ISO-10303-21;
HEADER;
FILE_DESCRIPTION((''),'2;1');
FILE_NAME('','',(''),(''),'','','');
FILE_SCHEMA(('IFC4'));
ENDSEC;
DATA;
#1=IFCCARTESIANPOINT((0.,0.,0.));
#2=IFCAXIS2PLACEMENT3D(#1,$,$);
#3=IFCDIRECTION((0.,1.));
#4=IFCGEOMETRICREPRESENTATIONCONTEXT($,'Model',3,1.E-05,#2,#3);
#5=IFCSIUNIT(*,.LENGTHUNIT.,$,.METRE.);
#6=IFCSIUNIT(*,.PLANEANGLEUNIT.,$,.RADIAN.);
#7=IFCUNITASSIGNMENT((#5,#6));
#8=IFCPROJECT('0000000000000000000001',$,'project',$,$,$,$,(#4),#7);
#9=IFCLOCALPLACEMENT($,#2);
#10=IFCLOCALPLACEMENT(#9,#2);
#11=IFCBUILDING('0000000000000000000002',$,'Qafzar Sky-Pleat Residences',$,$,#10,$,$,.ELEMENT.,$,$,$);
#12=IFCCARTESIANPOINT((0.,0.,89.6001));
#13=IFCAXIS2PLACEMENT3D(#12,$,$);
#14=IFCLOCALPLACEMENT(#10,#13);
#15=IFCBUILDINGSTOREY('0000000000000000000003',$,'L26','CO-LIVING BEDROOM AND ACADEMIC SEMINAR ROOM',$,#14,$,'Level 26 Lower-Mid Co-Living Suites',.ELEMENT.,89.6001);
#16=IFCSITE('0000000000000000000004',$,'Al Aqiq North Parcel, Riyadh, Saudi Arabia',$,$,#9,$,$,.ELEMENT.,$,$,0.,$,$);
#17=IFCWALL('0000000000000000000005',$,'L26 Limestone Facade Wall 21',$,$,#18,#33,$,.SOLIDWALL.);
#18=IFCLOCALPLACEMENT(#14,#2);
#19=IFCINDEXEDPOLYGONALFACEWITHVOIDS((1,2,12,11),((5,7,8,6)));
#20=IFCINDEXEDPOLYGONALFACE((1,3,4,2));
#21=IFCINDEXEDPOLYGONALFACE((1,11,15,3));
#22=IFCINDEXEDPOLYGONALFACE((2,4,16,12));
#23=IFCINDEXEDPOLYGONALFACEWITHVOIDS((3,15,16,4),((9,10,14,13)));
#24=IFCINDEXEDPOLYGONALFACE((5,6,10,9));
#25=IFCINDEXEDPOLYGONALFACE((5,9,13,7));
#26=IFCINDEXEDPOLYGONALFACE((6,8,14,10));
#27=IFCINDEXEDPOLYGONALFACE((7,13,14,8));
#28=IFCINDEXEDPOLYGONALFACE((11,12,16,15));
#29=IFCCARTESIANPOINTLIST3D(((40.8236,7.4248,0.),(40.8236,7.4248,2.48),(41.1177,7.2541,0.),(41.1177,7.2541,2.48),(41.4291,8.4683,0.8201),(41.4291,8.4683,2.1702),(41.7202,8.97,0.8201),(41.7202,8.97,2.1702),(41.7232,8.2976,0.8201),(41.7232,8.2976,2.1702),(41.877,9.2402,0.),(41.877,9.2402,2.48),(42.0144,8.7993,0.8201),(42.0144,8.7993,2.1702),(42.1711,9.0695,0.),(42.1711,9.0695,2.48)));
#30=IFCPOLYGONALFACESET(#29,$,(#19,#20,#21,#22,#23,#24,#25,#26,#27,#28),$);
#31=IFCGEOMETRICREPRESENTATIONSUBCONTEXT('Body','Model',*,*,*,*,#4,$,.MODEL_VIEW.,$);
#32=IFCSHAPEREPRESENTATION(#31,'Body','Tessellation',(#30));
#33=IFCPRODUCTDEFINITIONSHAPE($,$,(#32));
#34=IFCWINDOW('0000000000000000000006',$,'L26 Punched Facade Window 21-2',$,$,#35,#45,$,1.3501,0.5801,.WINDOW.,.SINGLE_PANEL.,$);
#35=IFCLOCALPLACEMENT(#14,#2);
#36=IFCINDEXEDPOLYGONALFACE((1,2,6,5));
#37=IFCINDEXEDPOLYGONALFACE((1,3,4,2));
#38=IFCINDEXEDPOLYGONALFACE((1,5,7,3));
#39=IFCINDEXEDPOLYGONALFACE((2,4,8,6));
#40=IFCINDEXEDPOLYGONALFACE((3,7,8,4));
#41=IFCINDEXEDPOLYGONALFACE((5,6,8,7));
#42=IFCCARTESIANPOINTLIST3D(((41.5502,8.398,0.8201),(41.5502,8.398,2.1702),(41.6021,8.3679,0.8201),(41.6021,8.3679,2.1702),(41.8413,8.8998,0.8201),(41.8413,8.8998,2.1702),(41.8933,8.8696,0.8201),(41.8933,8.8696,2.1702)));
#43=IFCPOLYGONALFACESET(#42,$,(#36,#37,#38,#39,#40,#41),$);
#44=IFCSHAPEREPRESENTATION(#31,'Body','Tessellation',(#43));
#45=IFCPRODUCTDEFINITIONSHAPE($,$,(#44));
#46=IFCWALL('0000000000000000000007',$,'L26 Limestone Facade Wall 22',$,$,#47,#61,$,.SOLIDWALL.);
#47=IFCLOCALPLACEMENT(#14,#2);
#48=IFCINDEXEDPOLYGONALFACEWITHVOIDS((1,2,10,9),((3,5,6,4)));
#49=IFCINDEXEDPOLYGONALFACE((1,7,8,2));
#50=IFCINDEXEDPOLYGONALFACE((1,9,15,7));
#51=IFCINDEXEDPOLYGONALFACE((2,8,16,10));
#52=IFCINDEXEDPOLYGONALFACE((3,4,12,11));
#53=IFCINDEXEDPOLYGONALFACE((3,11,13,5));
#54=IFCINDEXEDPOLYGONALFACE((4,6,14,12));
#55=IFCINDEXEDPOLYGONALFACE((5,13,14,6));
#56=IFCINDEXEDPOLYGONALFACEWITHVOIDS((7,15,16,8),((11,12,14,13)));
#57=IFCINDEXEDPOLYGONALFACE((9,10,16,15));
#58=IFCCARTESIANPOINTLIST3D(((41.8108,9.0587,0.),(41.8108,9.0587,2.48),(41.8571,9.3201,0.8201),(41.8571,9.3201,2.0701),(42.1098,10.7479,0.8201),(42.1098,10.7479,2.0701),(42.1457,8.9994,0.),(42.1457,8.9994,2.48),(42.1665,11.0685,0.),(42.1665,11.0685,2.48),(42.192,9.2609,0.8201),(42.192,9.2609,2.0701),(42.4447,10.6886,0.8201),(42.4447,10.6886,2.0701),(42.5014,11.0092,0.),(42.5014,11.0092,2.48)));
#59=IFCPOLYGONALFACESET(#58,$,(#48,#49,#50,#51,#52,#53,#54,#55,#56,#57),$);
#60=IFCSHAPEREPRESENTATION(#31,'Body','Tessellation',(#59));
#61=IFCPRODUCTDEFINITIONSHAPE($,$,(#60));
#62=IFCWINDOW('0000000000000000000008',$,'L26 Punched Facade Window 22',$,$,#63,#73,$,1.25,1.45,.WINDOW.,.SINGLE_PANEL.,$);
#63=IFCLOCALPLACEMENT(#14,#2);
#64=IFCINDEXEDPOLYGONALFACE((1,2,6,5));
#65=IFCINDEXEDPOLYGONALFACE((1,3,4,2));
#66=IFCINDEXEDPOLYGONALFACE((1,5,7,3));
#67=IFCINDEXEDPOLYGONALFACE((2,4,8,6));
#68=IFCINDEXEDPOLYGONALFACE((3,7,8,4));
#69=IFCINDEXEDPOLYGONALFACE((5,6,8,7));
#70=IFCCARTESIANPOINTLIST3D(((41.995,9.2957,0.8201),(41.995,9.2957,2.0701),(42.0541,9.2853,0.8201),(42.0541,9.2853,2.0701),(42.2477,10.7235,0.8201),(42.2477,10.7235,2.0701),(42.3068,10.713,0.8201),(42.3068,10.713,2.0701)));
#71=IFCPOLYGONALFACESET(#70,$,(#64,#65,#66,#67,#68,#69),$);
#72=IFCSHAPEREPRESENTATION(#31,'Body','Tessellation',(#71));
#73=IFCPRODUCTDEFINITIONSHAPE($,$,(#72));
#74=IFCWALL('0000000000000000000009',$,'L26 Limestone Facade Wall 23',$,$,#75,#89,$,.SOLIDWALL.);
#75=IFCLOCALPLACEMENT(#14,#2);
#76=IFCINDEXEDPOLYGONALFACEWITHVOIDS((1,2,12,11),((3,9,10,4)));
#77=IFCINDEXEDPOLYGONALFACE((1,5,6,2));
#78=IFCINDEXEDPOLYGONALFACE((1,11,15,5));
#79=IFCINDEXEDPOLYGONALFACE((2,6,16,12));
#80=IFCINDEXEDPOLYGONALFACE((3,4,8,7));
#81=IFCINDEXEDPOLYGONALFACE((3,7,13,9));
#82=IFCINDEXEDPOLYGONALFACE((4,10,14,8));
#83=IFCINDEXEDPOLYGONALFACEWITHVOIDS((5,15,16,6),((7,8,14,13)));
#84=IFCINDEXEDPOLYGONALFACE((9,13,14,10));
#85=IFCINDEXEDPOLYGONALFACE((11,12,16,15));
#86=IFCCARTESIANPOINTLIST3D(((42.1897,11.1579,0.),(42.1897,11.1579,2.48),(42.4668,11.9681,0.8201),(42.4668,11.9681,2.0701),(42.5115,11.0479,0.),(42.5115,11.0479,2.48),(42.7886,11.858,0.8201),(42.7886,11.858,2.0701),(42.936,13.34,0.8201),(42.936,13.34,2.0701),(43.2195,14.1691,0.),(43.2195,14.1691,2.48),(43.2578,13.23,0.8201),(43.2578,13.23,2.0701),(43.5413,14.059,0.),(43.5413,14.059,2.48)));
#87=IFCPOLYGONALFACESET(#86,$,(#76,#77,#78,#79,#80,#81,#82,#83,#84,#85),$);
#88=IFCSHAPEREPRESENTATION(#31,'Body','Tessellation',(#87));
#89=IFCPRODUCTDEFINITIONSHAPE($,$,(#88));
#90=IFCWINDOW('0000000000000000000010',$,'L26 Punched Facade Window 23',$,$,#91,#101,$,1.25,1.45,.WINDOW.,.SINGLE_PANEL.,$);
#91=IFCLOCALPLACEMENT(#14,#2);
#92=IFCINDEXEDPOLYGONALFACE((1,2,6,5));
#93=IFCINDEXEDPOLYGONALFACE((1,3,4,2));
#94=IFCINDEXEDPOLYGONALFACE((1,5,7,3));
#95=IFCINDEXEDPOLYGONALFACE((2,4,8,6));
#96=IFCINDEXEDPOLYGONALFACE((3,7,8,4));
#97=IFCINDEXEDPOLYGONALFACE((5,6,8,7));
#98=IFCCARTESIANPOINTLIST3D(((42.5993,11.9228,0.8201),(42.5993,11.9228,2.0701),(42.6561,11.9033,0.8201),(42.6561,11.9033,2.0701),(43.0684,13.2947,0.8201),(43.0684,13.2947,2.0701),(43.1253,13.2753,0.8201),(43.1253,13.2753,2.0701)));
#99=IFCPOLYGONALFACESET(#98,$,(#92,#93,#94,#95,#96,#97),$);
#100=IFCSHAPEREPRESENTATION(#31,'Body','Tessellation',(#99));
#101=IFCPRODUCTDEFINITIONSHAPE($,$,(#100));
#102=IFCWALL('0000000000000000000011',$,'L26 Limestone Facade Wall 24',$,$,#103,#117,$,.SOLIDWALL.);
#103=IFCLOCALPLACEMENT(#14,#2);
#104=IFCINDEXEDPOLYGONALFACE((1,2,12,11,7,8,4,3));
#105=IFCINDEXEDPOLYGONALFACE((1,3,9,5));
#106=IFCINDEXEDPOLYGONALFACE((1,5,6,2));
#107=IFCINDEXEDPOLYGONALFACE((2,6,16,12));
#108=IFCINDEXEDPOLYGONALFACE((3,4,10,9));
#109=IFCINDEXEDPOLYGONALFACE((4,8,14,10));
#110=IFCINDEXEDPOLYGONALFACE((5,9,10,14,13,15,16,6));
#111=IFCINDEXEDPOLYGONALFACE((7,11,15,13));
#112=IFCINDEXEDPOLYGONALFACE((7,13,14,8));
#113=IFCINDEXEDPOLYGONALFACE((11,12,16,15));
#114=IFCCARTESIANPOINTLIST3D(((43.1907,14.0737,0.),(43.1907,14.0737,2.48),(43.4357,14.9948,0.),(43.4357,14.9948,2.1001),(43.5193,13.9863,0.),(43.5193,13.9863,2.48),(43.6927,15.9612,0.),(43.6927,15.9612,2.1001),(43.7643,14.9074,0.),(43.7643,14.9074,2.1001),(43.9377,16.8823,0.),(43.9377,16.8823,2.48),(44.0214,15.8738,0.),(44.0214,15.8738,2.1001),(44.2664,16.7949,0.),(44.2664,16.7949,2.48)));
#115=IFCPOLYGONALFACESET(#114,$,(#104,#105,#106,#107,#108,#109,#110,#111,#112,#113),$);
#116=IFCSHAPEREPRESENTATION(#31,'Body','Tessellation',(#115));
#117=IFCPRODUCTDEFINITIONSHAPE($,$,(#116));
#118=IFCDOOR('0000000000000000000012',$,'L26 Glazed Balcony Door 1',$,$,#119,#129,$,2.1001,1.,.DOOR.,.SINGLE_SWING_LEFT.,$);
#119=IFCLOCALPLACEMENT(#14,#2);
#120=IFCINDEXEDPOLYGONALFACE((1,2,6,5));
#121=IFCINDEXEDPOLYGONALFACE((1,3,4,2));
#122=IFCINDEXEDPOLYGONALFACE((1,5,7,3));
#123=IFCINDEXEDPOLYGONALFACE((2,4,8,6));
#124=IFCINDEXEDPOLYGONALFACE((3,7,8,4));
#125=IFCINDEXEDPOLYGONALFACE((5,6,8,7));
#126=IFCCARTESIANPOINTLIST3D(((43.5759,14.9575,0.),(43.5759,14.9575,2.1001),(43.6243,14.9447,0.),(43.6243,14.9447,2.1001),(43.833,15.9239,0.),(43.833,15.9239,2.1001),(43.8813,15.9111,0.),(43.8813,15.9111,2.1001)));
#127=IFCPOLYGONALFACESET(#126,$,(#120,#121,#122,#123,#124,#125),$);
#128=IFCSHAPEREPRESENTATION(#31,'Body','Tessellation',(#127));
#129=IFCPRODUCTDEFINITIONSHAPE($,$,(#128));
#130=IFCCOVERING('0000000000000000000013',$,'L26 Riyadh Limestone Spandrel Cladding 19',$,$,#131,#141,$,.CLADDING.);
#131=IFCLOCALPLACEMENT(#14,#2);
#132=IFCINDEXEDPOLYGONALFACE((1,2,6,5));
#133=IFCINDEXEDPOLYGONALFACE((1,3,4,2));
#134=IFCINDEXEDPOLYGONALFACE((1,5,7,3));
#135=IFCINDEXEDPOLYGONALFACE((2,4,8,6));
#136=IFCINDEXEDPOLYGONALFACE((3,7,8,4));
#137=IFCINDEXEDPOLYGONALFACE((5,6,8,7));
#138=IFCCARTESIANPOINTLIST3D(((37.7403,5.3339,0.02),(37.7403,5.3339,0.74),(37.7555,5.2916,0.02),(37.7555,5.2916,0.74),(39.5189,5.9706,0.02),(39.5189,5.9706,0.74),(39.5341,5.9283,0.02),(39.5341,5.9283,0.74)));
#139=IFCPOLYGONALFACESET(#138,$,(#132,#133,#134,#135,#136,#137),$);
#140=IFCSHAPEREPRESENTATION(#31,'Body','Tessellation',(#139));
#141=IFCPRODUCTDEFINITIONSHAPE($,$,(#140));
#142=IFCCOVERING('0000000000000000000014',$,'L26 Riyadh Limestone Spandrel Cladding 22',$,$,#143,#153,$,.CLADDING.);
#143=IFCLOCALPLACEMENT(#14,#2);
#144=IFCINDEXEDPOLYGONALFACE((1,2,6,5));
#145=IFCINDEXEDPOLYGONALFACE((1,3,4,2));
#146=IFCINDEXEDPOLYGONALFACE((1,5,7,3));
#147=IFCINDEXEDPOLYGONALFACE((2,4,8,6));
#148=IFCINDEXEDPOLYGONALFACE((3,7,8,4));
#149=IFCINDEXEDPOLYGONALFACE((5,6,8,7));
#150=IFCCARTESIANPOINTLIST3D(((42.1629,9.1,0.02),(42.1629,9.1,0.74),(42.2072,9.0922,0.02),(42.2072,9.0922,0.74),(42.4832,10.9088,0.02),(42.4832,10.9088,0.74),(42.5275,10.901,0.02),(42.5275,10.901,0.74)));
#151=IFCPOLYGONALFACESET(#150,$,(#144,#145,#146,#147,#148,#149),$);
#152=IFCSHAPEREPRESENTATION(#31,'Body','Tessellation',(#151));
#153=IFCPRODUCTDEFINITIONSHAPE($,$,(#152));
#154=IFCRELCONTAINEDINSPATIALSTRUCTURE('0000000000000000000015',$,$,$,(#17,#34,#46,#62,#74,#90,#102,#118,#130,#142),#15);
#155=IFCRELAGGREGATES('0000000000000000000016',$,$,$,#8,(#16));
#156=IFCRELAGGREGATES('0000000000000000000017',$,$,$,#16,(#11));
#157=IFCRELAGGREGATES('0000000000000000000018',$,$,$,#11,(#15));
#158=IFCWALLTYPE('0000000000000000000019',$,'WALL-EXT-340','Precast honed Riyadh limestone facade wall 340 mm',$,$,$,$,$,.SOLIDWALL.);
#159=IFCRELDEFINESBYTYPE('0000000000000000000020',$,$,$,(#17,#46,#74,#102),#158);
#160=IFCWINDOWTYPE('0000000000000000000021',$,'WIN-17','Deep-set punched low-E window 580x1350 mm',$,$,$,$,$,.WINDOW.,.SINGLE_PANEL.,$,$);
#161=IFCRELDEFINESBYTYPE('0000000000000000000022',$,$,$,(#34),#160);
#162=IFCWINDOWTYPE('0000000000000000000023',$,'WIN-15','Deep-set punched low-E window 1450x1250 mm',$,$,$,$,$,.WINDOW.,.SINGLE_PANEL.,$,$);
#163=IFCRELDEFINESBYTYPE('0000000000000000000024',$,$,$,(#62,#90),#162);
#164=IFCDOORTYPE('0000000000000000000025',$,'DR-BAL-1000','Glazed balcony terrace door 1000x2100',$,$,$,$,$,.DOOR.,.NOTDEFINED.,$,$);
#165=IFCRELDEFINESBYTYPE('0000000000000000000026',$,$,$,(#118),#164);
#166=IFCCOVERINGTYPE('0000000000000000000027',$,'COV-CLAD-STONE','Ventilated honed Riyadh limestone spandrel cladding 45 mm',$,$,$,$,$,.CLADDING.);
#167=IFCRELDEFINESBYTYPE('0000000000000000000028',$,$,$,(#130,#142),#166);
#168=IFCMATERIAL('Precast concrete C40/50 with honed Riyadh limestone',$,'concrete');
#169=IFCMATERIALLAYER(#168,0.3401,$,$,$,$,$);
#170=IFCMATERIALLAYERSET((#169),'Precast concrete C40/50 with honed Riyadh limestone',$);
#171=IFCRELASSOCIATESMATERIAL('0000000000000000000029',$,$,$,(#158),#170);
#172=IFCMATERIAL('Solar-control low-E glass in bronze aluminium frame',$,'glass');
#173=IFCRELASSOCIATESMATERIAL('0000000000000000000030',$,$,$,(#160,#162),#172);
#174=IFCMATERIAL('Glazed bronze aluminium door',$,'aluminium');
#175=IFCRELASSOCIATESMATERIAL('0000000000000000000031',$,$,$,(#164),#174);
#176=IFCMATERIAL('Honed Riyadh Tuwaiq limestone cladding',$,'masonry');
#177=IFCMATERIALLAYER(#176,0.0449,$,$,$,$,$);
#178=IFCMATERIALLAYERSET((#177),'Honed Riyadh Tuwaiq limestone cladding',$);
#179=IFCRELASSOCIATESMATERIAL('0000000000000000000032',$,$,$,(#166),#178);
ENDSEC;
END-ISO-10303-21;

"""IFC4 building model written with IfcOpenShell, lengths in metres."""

from ifc_helpers import new_model, si_unit, direction, frame, frame_2d, origin, origin_2d, place, context, subcontext, project, spatial, rectangle, extrude, source, transform, mapped, material, layer, layer_set, type_object, element, fill, save


model = new_model("IFC4")

# Units and contexts
model_context = context("Model", 3, precision=1e-05, world=origin(), true_north=direction((0.0, 1.0)))
body_context = subcontext(model_context, "Body", "Model", "MODEL_VIEW")
ifc_project = project(units=[si_unit("LENGTHUNIT", "METRE"), si_unit("PLANEANGLEUNIT", "RADIAN")], contexts=[model_context])

# Site, building, storey
site_placement = place(None, origin())
site = spatial("IfcSite", under=ifc_project, at=site_placement, Name="Al Aqiq North Parcel, Riyadh, Saudi Arabia", CompositionType="ELEMENT", RefElevation=0.0)
building_placement = place(site_placement, origin())
building = spatial("IfcBuilding", under=site, at=building_placement, Name="Qafzar Sky-Pleat Residences", CompositionType="ELEMENT")
storey_placement = place(building_placement, frame((0.0, 0.0, 89.6001)))
storey = spatial("IfcBuildingStorey", under=building, at=storey_placement, Name="L26", Description="CO-LIVING BEDROOM AND ACADEMIC SEMINAR ROOM", LongName="Level 26 Lower-Mid Co-Living Suites", CompositionType="ELEMENT", Elevation=89.6001)

# Walls, openings, windows
ifc_material_1 = material(Name="Precast concrete C40/50 with honed Riyadh limestone", Category="concrete")
ifc_layer_1 = layer(ifc_material_1, 0.3401)
ifc_layer_set_1 = layer_set([ifc_layer_1], Name="Precast concrete C40/50 with honed Riyadh limestone")
wall_type_1 = type_object("IfcWallType", Name="WALL-EXT-340", Description="Precast honed Riyadh limestone facade wall 340 mm", PredefinedType="SOLIDWALL", material=ifc_layer_set_1)
ifc_material_2 = material(Name="Solar-control low-E glass in bronze aluminium frame", Category="glass")
wall_1_placement = place(storey_placement, frame((40.9707, 7.3396, 0.0), z_axis=(0.0, 0.0, 1.0), x_axis=(0.501903, 0.864924, 0.0)))
wall_1 = element("IfcWall", 1, at=wall_1_placement, inside=storey, type_object=wall_type_1, Name="L26 Limestone Facade Wall 21", PredefinedType="SOLIDWALL", context=body_context, shape_type="SweptSolid", body=[
    extrude(rectangle(XDim=2.0989, YDim=0.3401, at=frame_2d((1.0493, 0.0))), origin(), (0.0, 0.0, 1.0), 2.48),
])
opening_1_placement = place(wall_1_placement, frame((1.2063, 0.0, 0.8201)))
opening_1 = element("IfcOpeningElement", 2, at=opening_1_placement, cuts=wall_1, PredefinedType="OPENING", context=body_context, shape_type="SweptSolid", body=[
    extrude(rectangle(XDim=0.5801, YDim=1.3501, at=frame_2d((0.29, 0.675))), frame((0.0, 0.1802, 0.0), z_axis=(0.0, -1.0, 0.0), x_axis=(1.0, 0.0, 0.0)), (0.0, 0.0, 1.0), 0.3601),
])
window_type_1 = type_object("IfcWindowType", Name="WIN-17", Description="Deep-set punched low-E window 580x1350 mm", PartitioningType="SINGLE_PANEL", PredefinedType="WINDOW", material=ifc_material_2)
shared_shape_1 = source(origin(), body_context, "Body", "SweptSolid", [
    extrude(rectangle(XDim=0.5801, YDim=1.3501, at=frame_2d((0.29, 0.675))), frame((0.0, 0.03, 0.0), z_axis=(0.0, -1.0, 0.0), x_axis=(1.0, 0.0, 0.0)), (0.0, 0.0, 1.0), 0.0601),
])
window_1_placement = place(opening_1_placement, origin())
window_1 = element("IfcWindow", 3, at=window_1_placement, inside=storey, type_object=window_type_1, Name="L26 Punched Facade Window 21-2", OverallHeight=1.3501, OverallWidth=0.5801, PartitioningType="SINGLE_PANEL", PredefinedType="WINDOW", context=body_context, shape_type="MappedRepresentation", body=[
    mapped(shared_shape_1, transform((0.0, 0.0, 0.0), x_axis=(1.0, 0.0, 0.0), y_axis=(0.0, 1.0, 0.0), z_axis=(0.0, 0.0, 1.0), scale=1.0)),
])
fill(opening_1, window_1)
wall_2_placement = place(storey_placement, frame((41.9783, 9.0291, 0.0), z_axis=(0.0, 0.0, 1.0), x_axis=(0.174283, 0.984696, 0.0)))
wall_2 = element("IfcWall", 4, at=wall_2_placement, inside=storey, type_object=wall_type_1, Name="L26 Limestone Facade Wall 22", PredefinedType="SOLIDWALL", context=body_context, shape_type="SweptSolid", body=[
    extrude(rectangle(XDim=2.041, YDim=0.3401, at=frame_2d((1.0205, 0.0))), origin(), (0.0, 0.0, 1.0), 2.48),
])
opening_2_placement = place(wall_2_placement, frame((0.2654, 0.0, 0.8201)))
opening_2 = element("IfcOpeningElement", 5, at=opening_2_placement, cuts=wall_2, PredefinedType="OPENING", context=body_context, shape_type="SweptSolid", body=[
    extrude(rectangle(XDim=1.45, YDim=1.25, at=frame_2d((0.7251, 0.625))), frame((0.0, 0.1802, 0.0), z_axis=(0.0, -1.0, 0.0), x_axis=(1.0, 0.0, 0.0)), (0.0, 0.0, 1.0), 0.3601),
])
window_type_2 = type_object("IfcWindowType", Name="WIN-15", Description="Deep-set punched low-E window 1450x1250 mm", PartitioningType="SINGLE_PANEL", PredefinedType="WINDOW", material=ifc_material_2)
shared_shape_2 = source(origin(), body_context, "Body", "SweptSolid", [
    extrude(rectangle(XDim=1.45, YDim=1.25, at=frame_2d((0.7251, 0.625))), frame((0.0, 0.03, 0.0), z_axis=(0.0, -1.0, 0.0), x_axis=(1.0, 0.0, 0.0)), (0.0, 0.0, 1.0), 0.0601),
])
window_2_placement = place(opening_2_placement, origin())
window_2 = element("IfcWindow", 6, at=window_2_placement, inside=storey, type_object=window_type_2, Name="L26 Punched Facade Window 22", OverallHeight=1.25, OverallWidth=1.45, PartitioningType="SINGLE_PANEL", PredefinedType="WINDOW", context=body_context, shape_type="MappedRepresentation", body=[
    mapped(shared_shape_2, transform((0.0, 0.0, 0.0), x_axis=(1.0, 0.0, 0.0), y_axis=(0.0, 1.0, 0.0), z_axis=(0.0, 0.0, 1.0), scale=1.0)),
])
fill(opening_2, window_2)
wall_3_placement = place(storey_placement, frame((42.3506, 11.1028, 0.0), z_axis=(0.0, 0.0, 1.0), x_axis=(0.323583, 0.9462, 0.0)))
wall_3 = element("IfcWall", 7, at=wall_3_placement, inside=storey, type_object=wall_type_1, Name="L26 Limestone Facade Wall 23", PredefinedType="SOLIDWALL", context=body_context, shape_type="SweptSolid", body=[
    extrude(rectangle(XDim=3.1824, YDim=0.3401, at=frame_2d((1.5913, 0.0))), origin(), (0.0, 0.0, 1.0), 2.48),
])
opening_3_placement = place(wall_3_placement, frame((0.8562, 0.0, 0.8201)))
opening_3 = element("IfcOpeningElement", 8, at=opening_3_placement, cuts=wall_3, PredefinedType="OPENING", context=body_context, shape_type="SweptSolid", body=[
    extrude(rectangle(XDim=1.45, YDim=1.25, at=frame_2d((0.7251, 0.625))), frame((0.0, 0.1802, 0.0), z_axis=(0.0, -1.0, 0.0), x_axis=(1.0, 0.0, 0.0)), (0.0, 0.0, 1.0), 0.3601),
])
window_3_placement = place(opening_3_placement, origin())
window_3 = element("IfcWindow", 9, at=window_3_placement, inside=storey, type_object=window_type_2, Name="L26 Punched Facade Window 23", OverallHeight=1.25, OverallWidth=1.45, PartitioningType="SINGLE_PANEL", PredefinedType="WINDOW", context=body_context, shape_type="MappedRepresentation", body=[
    mapped(shared_shape_2, transform((0.0, 0.0, 0.0), x_axis=(1.0, 0.0, 0.0), y_axis=(0.0, 1.0, 0.0), z_axis=(0.0, 0.0, 1.0), scale=1.0)),
])
fill(opening_3, window_3)

# Wall, opening, door
wall_4_placement = place(storey_placement, frame((43.355, 14.03, 0.0), z_axis=(0.0, 0.0, 1.0), x_axis=(0.257056, 0.966396, 0.0)))
wall_4 = element("IfcWall", 10, at=wall_4_placement, inside=storey, type_object=wall_type_1, Name="L26 Limestone Facade Wall 24", PredefinedType="SOLIDWALL", context=body_context, shape_type="SweptSolid", body=[
    extrude(rectangle(XDim=2.9062, YDim=0.3401, at=frame_2d((1.4531, 0.0))), origin(), (0.0, 0.0, 1.0), 2.48),
])
opening_4_placement = place(wall_4_placement, frame((0.9531, 0.0, 0.0)))
opening_4 = element("IfcOpeningElement", 11, at=opening_4_placement, cuts=wall_4, PredefinedType="OPENING", context=body_context, shape_type="SweptSolid", body=[
    extrude(rectangle(XDim=1.0, YDim=2.1001, at=frame_2d((0.5, 1.05))), frame((0.0, 0.1802, 0.0), z_axis=(0.0, -1.0, 0.0), x_axis=(1.0, 0.0, 0.0)), (0.0, 0.0, 1.0), 0.3601),
])
ifc_material_3 = material(Name="Glazed bronze aluminium door", Category="aluminium")
door_type_1 = type_object("IfcDoorType", Name="DR-BAL-1000", Description="Glazed balcony terrace door 1000x2100", OperationType="NOTDEFINED", PredefinedType="DOOR", material=ifc_material_3)
shared_shape_3 = source(origin(), body_context, "Body", "SweptSolid", [
    extrude(rectangle(XDim=1.0, YDim=2.1001, at=frame_2d((0.5, 1.05))), frame((0.0, 0.0249, 0.0), z_axis=(0.0, -1.0, 0.0), x_axis=(1.0, 0.0, 0.0)), (0.0, 0.0, 1.0), 0.05),
])
door_1_placement = place(opening_4_placement, origin())
door_1 = element("IfcDoor", 12, at=door_1_placement, inside=storey, type_object=door_type_1, Name="L26 Glazed Balcony Door 1", OperationType="SINGLE_SWING_LEFT", OverallHeight=2.1001, OverallWidth=1.0, PredefinedType="DOOR", context=body_context, shape_type="MappedRepresentation", body=[
    mapped(shared_shape_3, transform((0.0, 0.0, 0.0), x_axis=(1.0, 0.0, 0.0), y_axis=(0.0, 1.0, 0.0), z_axis=(0.0, 0.0, 1.0), scale=1.0)),
])
fill(opening_4, door_1)

# Coverings
ifc_material_4 = material(Name="Honed Riyadh Tuwaiq limestone cladding", Category="masonry")
ifc_layer_2 = layer(ifc_material_4, 0.0449)
ifc_layer_set_2 = layer_set([ifc_layer_2], Name="Honed Riyadh Tuwaiq limestone cladding")
covering_type = type_object("IfcCoveringType", Name="COV-CLAD-STONE", Description="Ventilated honed Riyadh limestone spandrel cladding 45 mm", PredefinedType="CLADDING", material=ifc_layer_set_2)
shared_shape_4 = source(origin(), body_context, "Body", "SweptSolid", [
    extrude(rectangle(XDim=1.8892, YDim=0.0449, at=origin_2d()), origin(), (0.0, 0.0, 1.0), 0.72),
])
covering_1_placement = place(storey_placement, frame((38.6372, 5.6311, 0.02), z_axis=(0.0, 0.0, 1.0), x_axis=(0.941483, 0.337061, 0.0)))
element("IfcCovering", 13, at=covering_1_placement, inside=storey, type_object=covering_type, Name="L26 Riyadh Limestone Spandrel Cladding 19", PredefinedType="CLADDING", context=body_context, shape_type="MappedRepresentation", body=[
    mapped(shared_shape_4, transform((0.0, 0.0, 0.0), x_axis=(1.0, 0.0, 0.0), y_axis=(0.0, 1.0, 0.0), z_axis=(0.0, 0.0, 1.0), scale=1.0)),
])
shared_shape_5 = source(origin(), body_context, "Body", "SweptSolid", [
    extrude(rectangle(XDim=1.8369, YDim=0.0449, at=origin_2d()), origin(), (0.0, 0.0, 1.0), 0.72),
])
covering_2_placement = place(storey_placement, frame((42.3452, 10.0005, 0.02), z_axis=(0.0, 0.0, 1.0), x_axis=(0.174369, 0.98468, 0.0)))
element("IfcCovering", 14, at=covering_2_placement, inside=storey, type_object=covering_type, Name="L26 Riyadh Limestone Spandrel Cladding 22", PredefinedType="CLADDING", context=body_context, shape_type="MappedRepresentation", body=[
    mapped(shared_shape_5, transform((0.0, 0.0, 0.0), x_axis=(1.0, 0.0, 0.0), y_axis=(0.0, 1.0, 0.0), z_axis=(0.0, 0.0, 1.0), scale=1.0)),
])

save(model, "model.ifc")
